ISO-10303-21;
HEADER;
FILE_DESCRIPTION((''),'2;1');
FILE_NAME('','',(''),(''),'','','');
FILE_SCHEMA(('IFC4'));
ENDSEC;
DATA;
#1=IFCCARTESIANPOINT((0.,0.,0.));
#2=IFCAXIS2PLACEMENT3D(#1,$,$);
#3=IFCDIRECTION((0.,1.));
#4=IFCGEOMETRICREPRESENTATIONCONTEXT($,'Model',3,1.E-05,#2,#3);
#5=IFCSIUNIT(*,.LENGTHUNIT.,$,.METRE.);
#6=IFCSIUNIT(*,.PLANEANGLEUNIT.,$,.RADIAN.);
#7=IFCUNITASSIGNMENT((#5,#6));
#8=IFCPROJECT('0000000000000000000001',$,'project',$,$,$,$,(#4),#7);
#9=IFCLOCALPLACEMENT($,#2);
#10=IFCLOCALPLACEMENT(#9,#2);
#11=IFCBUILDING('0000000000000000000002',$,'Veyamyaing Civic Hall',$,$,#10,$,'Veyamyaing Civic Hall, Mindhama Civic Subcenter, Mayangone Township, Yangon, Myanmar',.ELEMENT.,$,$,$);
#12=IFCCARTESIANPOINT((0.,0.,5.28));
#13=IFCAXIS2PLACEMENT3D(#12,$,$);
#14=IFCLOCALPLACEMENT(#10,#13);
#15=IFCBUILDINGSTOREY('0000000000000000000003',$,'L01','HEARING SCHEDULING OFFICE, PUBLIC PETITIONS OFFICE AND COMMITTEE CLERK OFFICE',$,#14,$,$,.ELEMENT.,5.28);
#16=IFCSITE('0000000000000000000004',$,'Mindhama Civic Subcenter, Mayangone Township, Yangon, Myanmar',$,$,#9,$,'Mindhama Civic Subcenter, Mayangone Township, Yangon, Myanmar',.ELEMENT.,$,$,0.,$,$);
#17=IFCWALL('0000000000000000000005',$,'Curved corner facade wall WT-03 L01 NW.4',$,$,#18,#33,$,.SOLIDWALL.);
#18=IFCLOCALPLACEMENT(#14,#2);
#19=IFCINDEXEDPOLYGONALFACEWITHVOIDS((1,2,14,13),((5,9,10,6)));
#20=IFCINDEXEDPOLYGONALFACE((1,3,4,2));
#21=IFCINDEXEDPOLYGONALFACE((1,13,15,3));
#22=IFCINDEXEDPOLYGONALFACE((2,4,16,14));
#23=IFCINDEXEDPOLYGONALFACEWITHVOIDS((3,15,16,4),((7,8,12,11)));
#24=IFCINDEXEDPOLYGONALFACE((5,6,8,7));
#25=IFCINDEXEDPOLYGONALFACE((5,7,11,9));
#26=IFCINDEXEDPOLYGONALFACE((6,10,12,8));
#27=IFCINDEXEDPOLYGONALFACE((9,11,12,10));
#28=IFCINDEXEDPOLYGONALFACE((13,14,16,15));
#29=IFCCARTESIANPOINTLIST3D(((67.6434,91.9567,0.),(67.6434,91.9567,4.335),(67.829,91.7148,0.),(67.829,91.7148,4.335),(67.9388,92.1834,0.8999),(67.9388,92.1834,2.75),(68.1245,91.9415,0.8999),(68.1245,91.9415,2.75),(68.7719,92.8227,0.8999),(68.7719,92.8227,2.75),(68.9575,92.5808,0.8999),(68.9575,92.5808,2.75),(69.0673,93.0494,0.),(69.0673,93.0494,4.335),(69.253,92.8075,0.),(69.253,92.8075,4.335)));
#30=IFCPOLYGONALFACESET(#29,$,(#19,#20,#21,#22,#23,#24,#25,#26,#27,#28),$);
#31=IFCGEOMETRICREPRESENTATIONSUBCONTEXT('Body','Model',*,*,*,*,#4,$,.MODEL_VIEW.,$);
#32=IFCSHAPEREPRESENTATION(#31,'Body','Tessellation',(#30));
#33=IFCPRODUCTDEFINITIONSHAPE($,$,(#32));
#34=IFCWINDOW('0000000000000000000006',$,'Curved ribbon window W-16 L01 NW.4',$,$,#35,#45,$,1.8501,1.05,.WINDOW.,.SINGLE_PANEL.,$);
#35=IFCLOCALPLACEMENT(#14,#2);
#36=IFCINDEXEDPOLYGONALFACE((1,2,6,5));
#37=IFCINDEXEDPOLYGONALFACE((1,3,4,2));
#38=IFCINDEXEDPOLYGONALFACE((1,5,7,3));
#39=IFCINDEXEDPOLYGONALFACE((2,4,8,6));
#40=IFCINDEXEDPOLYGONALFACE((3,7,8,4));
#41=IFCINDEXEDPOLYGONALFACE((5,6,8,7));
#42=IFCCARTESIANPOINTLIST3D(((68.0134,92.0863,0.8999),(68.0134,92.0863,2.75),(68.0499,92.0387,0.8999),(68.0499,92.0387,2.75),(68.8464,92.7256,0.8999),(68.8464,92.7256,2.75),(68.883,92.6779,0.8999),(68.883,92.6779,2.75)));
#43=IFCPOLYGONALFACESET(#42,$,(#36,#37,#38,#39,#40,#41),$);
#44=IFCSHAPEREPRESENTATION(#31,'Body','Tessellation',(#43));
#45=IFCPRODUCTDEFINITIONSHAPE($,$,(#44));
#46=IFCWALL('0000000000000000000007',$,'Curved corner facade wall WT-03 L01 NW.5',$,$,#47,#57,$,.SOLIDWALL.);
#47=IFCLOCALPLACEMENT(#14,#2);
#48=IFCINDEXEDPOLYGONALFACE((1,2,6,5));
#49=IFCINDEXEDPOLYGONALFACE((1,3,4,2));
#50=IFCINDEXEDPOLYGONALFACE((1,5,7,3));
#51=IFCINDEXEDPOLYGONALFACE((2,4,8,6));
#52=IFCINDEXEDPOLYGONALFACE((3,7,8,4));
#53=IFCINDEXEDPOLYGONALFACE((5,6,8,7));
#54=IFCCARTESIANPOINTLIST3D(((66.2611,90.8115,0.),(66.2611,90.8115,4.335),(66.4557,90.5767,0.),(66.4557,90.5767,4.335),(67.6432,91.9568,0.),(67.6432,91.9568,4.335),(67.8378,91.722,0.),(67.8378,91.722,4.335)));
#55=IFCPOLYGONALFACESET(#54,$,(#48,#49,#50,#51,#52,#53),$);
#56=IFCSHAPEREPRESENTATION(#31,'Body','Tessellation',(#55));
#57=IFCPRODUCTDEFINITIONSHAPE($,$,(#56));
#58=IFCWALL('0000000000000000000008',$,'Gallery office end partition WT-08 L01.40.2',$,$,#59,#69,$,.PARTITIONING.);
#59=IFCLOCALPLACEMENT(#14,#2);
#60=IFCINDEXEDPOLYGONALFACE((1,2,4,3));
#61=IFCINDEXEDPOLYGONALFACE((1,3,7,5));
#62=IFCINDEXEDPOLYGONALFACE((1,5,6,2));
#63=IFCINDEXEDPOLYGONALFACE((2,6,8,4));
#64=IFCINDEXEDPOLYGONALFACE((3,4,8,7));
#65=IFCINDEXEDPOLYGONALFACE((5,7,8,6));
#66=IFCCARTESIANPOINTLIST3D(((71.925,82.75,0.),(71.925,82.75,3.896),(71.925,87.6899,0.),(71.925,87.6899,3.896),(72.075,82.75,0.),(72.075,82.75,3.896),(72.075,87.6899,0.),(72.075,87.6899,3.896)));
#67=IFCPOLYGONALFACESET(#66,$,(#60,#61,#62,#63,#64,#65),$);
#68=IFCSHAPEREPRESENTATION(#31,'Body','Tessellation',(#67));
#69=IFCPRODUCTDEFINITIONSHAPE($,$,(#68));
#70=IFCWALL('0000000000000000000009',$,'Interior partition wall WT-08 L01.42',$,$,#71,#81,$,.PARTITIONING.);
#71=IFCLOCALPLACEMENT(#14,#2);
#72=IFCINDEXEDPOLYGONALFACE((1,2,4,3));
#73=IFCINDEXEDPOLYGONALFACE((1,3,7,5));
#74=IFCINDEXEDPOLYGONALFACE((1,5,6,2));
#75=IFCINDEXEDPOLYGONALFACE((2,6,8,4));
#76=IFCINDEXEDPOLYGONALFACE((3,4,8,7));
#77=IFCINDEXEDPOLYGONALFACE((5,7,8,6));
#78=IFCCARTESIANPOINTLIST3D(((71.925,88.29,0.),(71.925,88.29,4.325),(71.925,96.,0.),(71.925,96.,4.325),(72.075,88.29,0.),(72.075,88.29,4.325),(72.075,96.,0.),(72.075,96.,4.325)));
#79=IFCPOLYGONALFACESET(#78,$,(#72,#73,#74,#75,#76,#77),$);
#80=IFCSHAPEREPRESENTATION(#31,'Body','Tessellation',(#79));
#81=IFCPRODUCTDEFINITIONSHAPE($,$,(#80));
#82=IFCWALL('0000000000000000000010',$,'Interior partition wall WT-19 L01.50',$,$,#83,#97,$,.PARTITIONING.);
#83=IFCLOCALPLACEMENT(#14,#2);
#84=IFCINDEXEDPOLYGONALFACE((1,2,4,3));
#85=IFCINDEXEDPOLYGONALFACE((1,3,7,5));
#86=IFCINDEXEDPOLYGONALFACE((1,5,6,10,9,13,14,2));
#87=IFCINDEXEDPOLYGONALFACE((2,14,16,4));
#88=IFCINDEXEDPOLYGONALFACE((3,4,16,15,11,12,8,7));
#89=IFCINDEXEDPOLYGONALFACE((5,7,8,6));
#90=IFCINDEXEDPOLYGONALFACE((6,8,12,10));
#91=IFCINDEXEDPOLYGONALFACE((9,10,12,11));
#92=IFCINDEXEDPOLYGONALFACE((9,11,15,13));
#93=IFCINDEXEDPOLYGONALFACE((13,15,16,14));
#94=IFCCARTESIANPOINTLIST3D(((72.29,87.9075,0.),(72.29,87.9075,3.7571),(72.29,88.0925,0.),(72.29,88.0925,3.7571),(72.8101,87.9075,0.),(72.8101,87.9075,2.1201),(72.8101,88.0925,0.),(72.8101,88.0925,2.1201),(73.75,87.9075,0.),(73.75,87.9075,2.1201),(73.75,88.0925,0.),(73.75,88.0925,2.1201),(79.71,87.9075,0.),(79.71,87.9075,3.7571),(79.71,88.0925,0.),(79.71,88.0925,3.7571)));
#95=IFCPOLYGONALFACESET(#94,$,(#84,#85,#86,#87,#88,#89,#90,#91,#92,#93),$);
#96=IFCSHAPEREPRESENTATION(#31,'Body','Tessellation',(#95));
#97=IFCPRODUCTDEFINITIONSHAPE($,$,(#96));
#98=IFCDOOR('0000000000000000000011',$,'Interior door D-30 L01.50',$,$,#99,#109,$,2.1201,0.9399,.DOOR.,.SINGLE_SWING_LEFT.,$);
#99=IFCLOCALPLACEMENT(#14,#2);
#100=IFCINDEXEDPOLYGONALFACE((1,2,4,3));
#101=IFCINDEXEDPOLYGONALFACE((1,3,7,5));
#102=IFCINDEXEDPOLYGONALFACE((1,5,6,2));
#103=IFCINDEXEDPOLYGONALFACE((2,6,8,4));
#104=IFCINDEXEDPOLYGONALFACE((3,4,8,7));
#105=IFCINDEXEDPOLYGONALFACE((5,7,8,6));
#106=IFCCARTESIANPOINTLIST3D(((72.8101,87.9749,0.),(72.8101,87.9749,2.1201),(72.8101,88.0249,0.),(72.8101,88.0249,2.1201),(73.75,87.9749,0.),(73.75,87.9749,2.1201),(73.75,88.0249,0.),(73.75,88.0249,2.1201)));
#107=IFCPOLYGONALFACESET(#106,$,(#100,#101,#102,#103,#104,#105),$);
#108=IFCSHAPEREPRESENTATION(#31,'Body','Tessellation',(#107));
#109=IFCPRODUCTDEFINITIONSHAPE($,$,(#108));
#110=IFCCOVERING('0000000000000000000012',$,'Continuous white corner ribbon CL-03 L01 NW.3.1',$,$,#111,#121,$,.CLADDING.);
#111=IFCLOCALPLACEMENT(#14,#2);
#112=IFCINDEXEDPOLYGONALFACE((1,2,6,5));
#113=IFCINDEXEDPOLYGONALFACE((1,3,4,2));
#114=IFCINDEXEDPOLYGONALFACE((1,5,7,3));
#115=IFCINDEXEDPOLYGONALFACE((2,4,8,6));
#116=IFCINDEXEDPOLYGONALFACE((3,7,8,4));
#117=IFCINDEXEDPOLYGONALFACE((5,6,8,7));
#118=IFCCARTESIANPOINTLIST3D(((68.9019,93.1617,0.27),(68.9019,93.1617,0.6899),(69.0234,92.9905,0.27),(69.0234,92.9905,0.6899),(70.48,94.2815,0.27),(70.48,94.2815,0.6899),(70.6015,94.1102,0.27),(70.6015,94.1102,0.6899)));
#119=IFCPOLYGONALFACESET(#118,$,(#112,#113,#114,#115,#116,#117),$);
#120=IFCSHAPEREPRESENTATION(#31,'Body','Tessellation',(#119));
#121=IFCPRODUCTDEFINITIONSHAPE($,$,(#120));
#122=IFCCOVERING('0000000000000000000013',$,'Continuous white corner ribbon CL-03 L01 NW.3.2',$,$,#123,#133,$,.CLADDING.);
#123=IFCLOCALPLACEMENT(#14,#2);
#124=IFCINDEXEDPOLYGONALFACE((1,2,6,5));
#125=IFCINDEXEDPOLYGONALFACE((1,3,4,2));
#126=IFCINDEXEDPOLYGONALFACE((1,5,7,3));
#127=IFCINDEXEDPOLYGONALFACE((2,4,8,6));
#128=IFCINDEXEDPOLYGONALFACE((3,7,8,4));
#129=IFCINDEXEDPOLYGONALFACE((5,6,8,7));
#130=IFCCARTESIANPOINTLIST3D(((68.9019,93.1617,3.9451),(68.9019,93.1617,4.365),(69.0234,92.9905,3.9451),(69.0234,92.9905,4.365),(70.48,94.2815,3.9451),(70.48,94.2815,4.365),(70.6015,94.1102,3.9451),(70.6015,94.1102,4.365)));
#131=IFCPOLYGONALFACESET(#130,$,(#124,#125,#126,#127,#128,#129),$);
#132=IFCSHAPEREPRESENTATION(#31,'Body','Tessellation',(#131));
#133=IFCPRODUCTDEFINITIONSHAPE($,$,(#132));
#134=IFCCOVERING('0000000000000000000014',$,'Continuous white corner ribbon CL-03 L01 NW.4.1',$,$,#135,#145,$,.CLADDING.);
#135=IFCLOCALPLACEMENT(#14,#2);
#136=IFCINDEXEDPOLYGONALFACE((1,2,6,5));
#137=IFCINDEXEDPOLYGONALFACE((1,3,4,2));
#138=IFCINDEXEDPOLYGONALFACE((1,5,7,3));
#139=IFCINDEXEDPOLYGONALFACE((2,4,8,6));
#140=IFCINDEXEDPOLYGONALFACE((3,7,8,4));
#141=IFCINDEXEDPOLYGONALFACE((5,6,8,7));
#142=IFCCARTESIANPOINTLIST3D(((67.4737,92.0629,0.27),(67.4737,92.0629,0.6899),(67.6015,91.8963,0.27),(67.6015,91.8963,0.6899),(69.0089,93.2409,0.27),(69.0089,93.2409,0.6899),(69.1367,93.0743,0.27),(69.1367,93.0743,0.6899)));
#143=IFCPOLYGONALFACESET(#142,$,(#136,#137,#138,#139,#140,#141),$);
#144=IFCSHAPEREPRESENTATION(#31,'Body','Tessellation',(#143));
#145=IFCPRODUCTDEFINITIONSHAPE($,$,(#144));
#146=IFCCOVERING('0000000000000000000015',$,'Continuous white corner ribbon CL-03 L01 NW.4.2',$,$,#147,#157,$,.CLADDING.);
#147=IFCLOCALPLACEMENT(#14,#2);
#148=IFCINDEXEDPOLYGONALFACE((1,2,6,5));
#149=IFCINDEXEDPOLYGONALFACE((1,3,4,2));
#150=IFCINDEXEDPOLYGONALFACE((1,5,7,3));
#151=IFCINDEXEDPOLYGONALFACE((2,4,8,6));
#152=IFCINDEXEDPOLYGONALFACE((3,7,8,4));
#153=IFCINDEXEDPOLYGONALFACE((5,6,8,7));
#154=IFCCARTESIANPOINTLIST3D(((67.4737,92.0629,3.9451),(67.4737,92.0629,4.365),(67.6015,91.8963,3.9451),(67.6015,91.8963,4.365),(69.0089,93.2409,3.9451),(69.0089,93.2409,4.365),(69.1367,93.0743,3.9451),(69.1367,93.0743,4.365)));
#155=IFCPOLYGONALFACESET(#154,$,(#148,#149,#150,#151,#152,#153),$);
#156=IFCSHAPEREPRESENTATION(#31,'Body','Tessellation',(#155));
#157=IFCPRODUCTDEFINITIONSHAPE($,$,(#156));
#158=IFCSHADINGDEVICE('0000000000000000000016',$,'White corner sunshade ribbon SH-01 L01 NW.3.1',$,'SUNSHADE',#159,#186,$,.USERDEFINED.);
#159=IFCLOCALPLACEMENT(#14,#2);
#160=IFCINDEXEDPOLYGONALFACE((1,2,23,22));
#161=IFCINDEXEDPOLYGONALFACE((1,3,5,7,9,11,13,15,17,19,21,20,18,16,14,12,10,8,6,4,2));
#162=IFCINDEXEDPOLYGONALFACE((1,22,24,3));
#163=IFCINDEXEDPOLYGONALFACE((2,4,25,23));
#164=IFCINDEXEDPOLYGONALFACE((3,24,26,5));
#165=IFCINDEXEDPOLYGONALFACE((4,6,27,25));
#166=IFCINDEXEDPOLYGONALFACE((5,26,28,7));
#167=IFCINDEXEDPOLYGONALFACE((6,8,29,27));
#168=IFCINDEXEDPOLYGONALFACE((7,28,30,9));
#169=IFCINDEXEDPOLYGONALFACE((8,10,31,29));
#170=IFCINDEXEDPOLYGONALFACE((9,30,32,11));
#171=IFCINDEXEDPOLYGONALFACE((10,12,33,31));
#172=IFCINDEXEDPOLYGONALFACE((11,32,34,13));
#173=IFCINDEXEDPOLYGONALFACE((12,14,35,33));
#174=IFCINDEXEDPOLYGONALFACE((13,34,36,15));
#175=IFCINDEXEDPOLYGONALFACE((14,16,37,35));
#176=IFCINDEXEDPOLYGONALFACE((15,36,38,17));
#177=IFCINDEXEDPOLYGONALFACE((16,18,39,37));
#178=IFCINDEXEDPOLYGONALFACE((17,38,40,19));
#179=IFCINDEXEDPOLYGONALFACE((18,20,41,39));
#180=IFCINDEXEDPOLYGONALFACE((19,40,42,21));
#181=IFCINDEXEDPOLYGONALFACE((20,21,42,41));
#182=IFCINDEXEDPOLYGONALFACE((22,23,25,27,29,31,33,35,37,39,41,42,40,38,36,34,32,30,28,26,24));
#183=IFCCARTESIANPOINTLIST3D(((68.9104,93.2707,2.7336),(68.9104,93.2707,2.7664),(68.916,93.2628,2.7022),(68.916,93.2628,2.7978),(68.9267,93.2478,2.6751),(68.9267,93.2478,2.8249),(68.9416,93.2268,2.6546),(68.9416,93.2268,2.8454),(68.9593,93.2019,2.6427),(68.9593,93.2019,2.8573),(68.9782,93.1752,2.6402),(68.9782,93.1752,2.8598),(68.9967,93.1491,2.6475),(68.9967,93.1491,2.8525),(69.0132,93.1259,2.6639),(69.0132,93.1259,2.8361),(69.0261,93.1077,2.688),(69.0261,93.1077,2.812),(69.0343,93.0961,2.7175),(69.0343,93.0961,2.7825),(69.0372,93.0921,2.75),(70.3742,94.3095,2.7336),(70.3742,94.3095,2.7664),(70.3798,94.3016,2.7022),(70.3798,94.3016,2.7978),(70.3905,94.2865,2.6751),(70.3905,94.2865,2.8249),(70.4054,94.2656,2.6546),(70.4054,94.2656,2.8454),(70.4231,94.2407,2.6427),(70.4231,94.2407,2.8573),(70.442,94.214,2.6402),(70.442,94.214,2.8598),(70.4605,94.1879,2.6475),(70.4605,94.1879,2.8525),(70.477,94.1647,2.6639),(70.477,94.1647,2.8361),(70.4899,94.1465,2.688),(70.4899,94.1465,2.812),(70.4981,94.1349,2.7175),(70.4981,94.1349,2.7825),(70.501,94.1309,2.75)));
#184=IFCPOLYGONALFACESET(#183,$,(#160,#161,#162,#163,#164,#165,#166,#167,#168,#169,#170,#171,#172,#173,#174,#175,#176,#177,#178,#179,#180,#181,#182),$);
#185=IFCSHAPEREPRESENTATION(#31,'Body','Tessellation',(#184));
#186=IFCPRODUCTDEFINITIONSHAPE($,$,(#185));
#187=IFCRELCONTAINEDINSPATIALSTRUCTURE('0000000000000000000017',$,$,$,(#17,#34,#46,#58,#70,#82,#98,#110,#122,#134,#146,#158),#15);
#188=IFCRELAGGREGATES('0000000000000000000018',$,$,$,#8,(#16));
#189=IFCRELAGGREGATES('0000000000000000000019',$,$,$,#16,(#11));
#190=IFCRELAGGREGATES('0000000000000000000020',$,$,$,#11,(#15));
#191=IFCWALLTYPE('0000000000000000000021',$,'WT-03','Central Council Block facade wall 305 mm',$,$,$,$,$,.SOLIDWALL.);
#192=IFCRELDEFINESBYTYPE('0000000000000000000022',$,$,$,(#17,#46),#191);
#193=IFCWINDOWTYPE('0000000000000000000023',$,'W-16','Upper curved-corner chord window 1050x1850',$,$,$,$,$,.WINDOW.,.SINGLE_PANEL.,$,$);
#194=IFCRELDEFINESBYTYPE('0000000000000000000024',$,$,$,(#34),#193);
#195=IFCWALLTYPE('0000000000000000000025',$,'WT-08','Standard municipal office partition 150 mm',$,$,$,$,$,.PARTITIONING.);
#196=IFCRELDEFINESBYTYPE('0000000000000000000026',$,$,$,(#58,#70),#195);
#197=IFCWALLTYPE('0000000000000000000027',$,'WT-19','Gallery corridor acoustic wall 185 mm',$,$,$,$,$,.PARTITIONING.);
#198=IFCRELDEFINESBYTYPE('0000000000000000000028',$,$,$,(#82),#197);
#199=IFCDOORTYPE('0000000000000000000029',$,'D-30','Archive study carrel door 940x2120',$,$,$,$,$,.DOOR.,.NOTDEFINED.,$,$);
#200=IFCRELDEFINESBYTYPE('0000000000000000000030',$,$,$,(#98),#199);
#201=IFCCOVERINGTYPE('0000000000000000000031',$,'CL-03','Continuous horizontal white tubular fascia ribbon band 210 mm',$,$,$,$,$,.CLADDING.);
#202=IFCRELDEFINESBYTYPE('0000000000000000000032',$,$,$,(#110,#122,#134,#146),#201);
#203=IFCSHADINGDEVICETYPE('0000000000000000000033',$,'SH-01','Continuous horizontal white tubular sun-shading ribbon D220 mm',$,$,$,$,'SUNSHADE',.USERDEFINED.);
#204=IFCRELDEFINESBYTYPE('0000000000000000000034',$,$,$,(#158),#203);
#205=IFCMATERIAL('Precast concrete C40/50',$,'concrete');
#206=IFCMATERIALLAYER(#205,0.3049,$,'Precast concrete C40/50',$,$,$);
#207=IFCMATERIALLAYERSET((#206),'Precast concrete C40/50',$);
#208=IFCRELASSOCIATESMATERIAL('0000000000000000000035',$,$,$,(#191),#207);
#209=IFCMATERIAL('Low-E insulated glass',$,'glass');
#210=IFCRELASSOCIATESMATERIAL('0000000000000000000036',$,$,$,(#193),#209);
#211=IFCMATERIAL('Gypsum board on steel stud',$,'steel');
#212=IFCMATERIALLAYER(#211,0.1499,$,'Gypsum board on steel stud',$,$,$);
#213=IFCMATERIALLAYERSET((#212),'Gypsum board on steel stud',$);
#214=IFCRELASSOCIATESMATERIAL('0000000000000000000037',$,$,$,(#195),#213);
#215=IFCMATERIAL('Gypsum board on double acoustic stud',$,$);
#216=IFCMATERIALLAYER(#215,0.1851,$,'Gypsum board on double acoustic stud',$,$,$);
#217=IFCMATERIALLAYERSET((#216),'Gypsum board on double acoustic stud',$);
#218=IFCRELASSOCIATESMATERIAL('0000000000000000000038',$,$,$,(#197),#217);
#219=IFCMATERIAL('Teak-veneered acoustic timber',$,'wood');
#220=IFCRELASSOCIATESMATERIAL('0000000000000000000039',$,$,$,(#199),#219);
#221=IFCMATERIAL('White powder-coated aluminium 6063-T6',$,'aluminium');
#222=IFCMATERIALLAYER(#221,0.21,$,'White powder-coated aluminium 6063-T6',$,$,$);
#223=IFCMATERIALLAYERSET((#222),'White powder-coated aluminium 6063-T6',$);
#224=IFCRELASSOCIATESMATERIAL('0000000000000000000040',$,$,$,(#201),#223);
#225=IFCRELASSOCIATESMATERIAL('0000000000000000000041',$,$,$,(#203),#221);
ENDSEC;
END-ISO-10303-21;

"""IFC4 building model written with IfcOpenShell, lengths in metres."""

from ifc_helpers import new_model, si_unit, direction, frame, frame_2d, origin, origin_2d, place, context, subcontext, project, spatial, rectangle, circle, extrude, material, layer, layer_set, material_profile, profile_set, type_object, element, fill, save


model = new_model("IFC4")

# Units and contexts
model_context = context("Model", 3, precision=1e-05, world=origin(), true_north=direction((0.0, 1.0)))
body_context = subcontext(model_context, "Body", "Model", "MODEL_VIEW")
ifc_project = project(units=[si_unit("LENGTHUNIT", "METRE"), si_unit("PLANEANGLEUNIT", "RADIAN")], contexts=[model_context])

# Site, building, storey
site_placement = place(None, origin())
site = spatial("IfcSite", under=ifc_project, at=site_placement, Name="Mindhama Civic Subcenter, Mayangone Township, Yangon, Myanmar", LongName="Mindhama Civic Subcenter, Mayangone Township, Yangon, Myanmar", CompositionType="ELEMENT", RefElevation=0.0)
building_placement = place(site_placement, origin())
building = spatial("IfcBuilding", under=site, at=building_placement, Name="Veyamyaing Civic Hall", LongName="Veyamyaing Civic Hall, Mindhama Civic Subcenter, Mayangone Township, Yangon, Myanmar", CompositionType="ELEMENT")
storey_placement = place(building_placement, frame((0.0, 0.0, 5.28)))
storey = spatial("IfcBuildingStorey", under=building, at=storey_placement, Name="L01", Description="HEARING SCHEDULING OFFICE, PUBLIC PETITIONS OFFICE AND COMMITTEE CLERK OFFICE", CompositionType="ELEMENT", Elevation=5.28)

# Wall, opening, window
ifc_material_1 = material(Name="Precast concrete C40/50", Category="concrete")
ifc_layer_1 = layer(ifc_material_1, 0.3049, Name="Precast concrete C40/50")
ifc_layer_set_1 = layer_set([ifc_layer_1], Name="Precast concrete C40/50")
wall_type_1 = type_object("IfcWallType", Name="WT-03", Description="Central Council Block facade wall 305 mm", PredefinedType="SOLIDWALL", material=ifc_layer_set_1)
ifc_material_2 = material(Name="Low-E insulated glass", Category="glass")
window_type = type_object("IfcWindowType", Name="W-16", Description="Upper curved-corner chord window 1050x1850", PartitioningType="SINGLE_PANEL", PredefinedType="WINDOW", material=ifc_material_2)
wall_1_placement = place(storey_placement, frame((69.1602, 92.9285, 0.0), z_axis=(0.0, 0.0, 1.0), x_axis=(-0.793341, -0.608777, 0.0)))
wall_1 = element("IfcWall", 1, at=wall_1_placement, inside=storey, type_object=wall_type_1, Name="Curved corner facade wall WT-03 L01 NW.4", PredefinedType="SOLIDWALL", context=body_context, shape_type="SweptSolid", body=[
    extrude(rectangle(XDim=1.7949, YDim=0.3049, at=frame_2d((0.8975, 0.0))), origin(), (0.0, 0.0, 1.0), 4.335),
])
opening_1_placement = place(wall_1_placement, frame((0.3726, 0.0, 0.8999)))
opening_1 = element("IfcOpeningElement", 2, at=opening_1_placement, cuts=wall_1, PredefinedType="OPENING", context=body_context, shape_type="SweptSolid", body=[
    extrude(rectangle(XDim=1.05, YDim=1.8501, at=frame_2d((0.5249, 0.925))), frame((0.0, 0.1624, 0.0), z_axis=(0.0, -1.0, 0.0), x_axis=(1.0, 0.0, 0.0)), (0.0, 0.0, 1.0), 0.325),
])
window_1_placement = place(opening_1_placement, origin())
window_1 = element("IfcWindow", 3, at=window_1_placement, inside=storey, type_object=window_type, Name="Curved ribbon window W-16 L01 NW.4", OverallHeight=1.8501, OverallWidth=1.05, PartitioningType="SINGLE_PANEL", PredefinedType="WINDOW", context=body_context, shape_type="SweptSolid", body=[
    extrude(rectangle(XDim=1.05, YDim=1.8501, at=frame_2d((0.5249, 0.925))), frame((0.0, 0.03, 0.0), z_axis=(0.0, -1.0, 0.0), x_axis=(1.0, 0.0, 0.0)), (0.0, 0.0, 1.0), 0.0601),
])
fill(opening_1, window_1)

# Walls
wall_2_placement = place(storey_placement, frame((67.7405, 91.8394, 0.0), z_axis=(0.0, 0.0, 1.0), x_axis=(-0.769991, -0.638055, 0.0)))
element("IfcWall", 4, at=wall_2_placement, inside=storey, type_object=wall_type_1, Name="Curved corner facade wall WT-03 L01 NW.5", PredefinedType="SOLIDWALL", context=body_context, shape_type="SweptSolid", body=[
    extrude(rectangle(XDim=1.7949, YDim=0.3049, at=frame_2d((0.8975, 0.0))), origin(), (0.0, 0.0, 1.0), 4.335),
])
ifc_material_3 = material(Name="Gypsum board on steel stud", Category="steel")
ifc_layer_2 = layer(ifc_material_3, 0.1499, Name="Gypsum board on steel stud")
ifc_layer_set_2 = layer_set([ifc_layer_2], Name="Gypsum board on steel stud")
wall_type_2 = type_object("IfcWallType", Name="WT-08", Description="Standard municipal office partition 150 mm", PredefinedType="PARTITIONING", material=ifc_layer_set_2)
wall_3_placement = place(storey_placement, frame((72.0, 82.75, 0.0), z_axis=(0.0, 0.0, 1.0), x_axis=(0.0, 1.0, 0.0)))
element("IfcWall", 5, at=wall_3_placement, inside=storey, type_object=wall_type_2, Name="Gallery office end partition WT-08 L01.40.2", PredefinedType="PARTITIONING", context=body_context, shape_type="SweptSolid", body=[
    extrude(rectangle(XDim=4.9399, YDim=0.1499, at=frame_2d((2.47, 0.0))), origin(), (0.0, 0.0, 1.0), 3.896),
])
wall_4_placement = place(storey_placement, frame((72.0, 88.29, 0.0), z_axis=(0.0, 0.0, 1.0), x_axis=(0.0, 1.0, 0.0)))
element("IfcWall", 6, at=wall_4_placement, inside=storey, type_object=wall_type_2, Name="Interior partition wall WT-08 L01.42", PredefinedType="PARTITIONING", context=body_context, shape_type="SweptSolid", body=[
    extrude(rectangle(XDim=7.71, YDim=0.1499, at=frame_2d((3.855, 0.0))), origin(), (0.0, 0.0, 1.0), 4.325),
])

# Wall, opening, door
ifc_material_4 = material(Name="Gypsum board on double acoustic stud")
ifc_layer_3 = layer(ifc_material_4, 0.1851, Name="Gypsum board on double acoustic stud")
ifc_layer_set_3 = layer_set([ifc_layer_3], Name="Gypsum board on double acoustic stud")
wall_type_3 = type_object("IfcWallType", Name="WT-19", Description="Gallery corridor acoustic wall 185 mm", PredefinedType="PARTITIONING", material=ifc_layer_set_3)
wall_5_placement = place(storey_placement, frame((72.29, 88.0, 0.0), z_axis=(0.0, 0.0, 1.0), x_axis=(1.0, 0.0, 0.0)))
wall_5 = element("IfcWall", 7, at=wall_5_placement, inside=storey, type_object=wall_type_3, Name="Interior partition wall WT-19 L01.50", PredefinedType="PARTITIONING", context=body_context, shape_type="SweptSolid", body=[
    extrude(rectangle(XDim=7.4199, YDim=0.1851, at=frame_2d((3.71, 0.0))), origin(), (0.0, 0.0, 1.0), 3.7571),
])
opening_2_placement = place(wall_5_placement, frame((0.52, 0.0, 0.0)))
opening_2 = element("IfcOpeningElement", 8, at=opening_2_placement, cuts=wall_5, PredefinedType="OPENING", context=body_context, shape_type="SweptSolid", body=[
    extrude(rectangle(XDim=0.9399, YDim=2.1201, at=frame_2d((0.47, 1.0601))), frame((0.0, 0.1025, 0.0), z_axis=(0.0, -1.0, 0.0), x_axis=(1.0, 0.0, 0.0)), (0.0, 0.0, 1.0), 0.2051),
])
ifc_material_5 = material(Name="Teak-veneered acoustic timber", Category="wood")
door_type = type_object("IfcDoorType", Name="D-30", Description="Archive study carrel door 940x2120", OperationType="NOTDEFINED", PredefinedType="DOOR", material=ifc_material_5)
door_placement = place(opening_2_placement, origin())
door = element("IfcDoor", 9, at=door_placement, inside=storey, type_object=door_type, Name="Interior door D-30 L01.50", OperationType="SINGLE_SWING_LEFT", OverallHeight=2.1201, OverallWidth=0.9399, PredefinedType="DOOR", context=body_context, shape_type="SweptSolid", body=[
    extrude(rectangle(XDim=0.9399, YDim=2.1201, at=frame_2d((0.47, 1.0601))), frame((0.0, 0.0249, 0.0), z_axis=(0.0, -1.0, 0.0), x_axis=(1.0, 0.0, 0.0)), (0.0, 0.0, 1.0), 0.05),
])
fill(opening_2, door)

# Coverings
ifc_material_6 = material(Name="White powder-coated aluminium 6063-T6", Category="aluminium")
ifc_layer_4 = layer(ifc_material_6, 0.21, Name="White powder-coated aluminium 6063-T6")
ifc_layer_set_4 = layer_set([ifc_layer_4], Name="White powder-coated aluminium 6063-T6")
covering_type = type_object("IfcCoveringType", Name="CL-03", Description="Continuous horizontal white tubular fascia ribbon band 210 mm", PredefinedType="CLADDING", material=ifc_layer_set_4)
for number, where, z_axis, x_axis, name in (
    (10, (69.7517, 93.636, 0.27), (0.0, 0.0, 1.0), (-0.815561, -0.578671, 0.0), "Continuous white corner ribbon CL-03 L01 NW.3.1"),
    (11, (69.7517, 93.636, 3.9451), (0.0, 0.0, 1.0), (-0.815561, -0.578671, 0.0), "Continuous white corner ribbon CL-03 L01 NW.3.2"),
    (12, (68.3052, 92.5686, 0.27), (0.0, 0.0, 1.0), (-0.793353, -0.608761, 0.0), "Continuous white corner ribbon CL-03 L01 NW.4.1"),
    (13, (68.3052, 92.5686, 3.9451), (0.0, 0.0, 1.0), (-0.793353, -0.608761, 0.0), "Continuous white corner ribbon CL-03 L01 NW.4.2"),
):
    element("IfcCovering", number, at=place(storey_placement, frame(where, z_axis=z_axis, x_axis=x_axis)), inside=storey, type_object=covering_type, Name=name, PredefinedType="CLADDING", context=body_context, shape_type="SweptSolid", body=[
        extrude(rectangle(XDim=1.9351, YDim=0.21, at=origin_2d()), origin(), (0.0, 0.0, 1.0), 0.4199),
    ])

# Shading device
ifc_material_profile_1 = material_profile(ifc_material_6, circle(Radius=0.1101, at=origin_2d()), Name="SHADE-TUBE-220")
ifc_profile_set_1 = profile_set([ifc_material_profile_1], Name="White powder-coated aluminium 6063-T6")
shading_device_type = type_object("IfcShadingDeviceType", Name="SH-01", Description="Continuous horizontal white tubular sun-shading ribbon D220 mm", ElementType="SUNSHADE", PredefinedType="USERDEFINED", material=ifc_profile_set_1)
for number, where, z_axis, x_axis, name in (
    (14, (70.4373, 94.2207, 2.75), (-0.815522, -0.578727, 0.0), (0.578727, -0.815522, 0.0), "White corner sunshade ribbon SH-01 L01 NW.3.1"),
):
    element("IfcShadingDevice", number, at=place(storey_placement, frame(where, z_axis=z_axis, x_axis=x_axis)), inside=storey, type_object=shading_device_type, Name=name, ObjectType="SUNSHADE", PredefinedType="USERDEFINED", context=body_context, shape_type="SweptSolid", body=[
        extrude(circle(Radius=0.1101, at=origin_2d()), origin(), (0.0, 0.0, 1.0), 1.7949),
    ])

save(model, "model.ifc")
